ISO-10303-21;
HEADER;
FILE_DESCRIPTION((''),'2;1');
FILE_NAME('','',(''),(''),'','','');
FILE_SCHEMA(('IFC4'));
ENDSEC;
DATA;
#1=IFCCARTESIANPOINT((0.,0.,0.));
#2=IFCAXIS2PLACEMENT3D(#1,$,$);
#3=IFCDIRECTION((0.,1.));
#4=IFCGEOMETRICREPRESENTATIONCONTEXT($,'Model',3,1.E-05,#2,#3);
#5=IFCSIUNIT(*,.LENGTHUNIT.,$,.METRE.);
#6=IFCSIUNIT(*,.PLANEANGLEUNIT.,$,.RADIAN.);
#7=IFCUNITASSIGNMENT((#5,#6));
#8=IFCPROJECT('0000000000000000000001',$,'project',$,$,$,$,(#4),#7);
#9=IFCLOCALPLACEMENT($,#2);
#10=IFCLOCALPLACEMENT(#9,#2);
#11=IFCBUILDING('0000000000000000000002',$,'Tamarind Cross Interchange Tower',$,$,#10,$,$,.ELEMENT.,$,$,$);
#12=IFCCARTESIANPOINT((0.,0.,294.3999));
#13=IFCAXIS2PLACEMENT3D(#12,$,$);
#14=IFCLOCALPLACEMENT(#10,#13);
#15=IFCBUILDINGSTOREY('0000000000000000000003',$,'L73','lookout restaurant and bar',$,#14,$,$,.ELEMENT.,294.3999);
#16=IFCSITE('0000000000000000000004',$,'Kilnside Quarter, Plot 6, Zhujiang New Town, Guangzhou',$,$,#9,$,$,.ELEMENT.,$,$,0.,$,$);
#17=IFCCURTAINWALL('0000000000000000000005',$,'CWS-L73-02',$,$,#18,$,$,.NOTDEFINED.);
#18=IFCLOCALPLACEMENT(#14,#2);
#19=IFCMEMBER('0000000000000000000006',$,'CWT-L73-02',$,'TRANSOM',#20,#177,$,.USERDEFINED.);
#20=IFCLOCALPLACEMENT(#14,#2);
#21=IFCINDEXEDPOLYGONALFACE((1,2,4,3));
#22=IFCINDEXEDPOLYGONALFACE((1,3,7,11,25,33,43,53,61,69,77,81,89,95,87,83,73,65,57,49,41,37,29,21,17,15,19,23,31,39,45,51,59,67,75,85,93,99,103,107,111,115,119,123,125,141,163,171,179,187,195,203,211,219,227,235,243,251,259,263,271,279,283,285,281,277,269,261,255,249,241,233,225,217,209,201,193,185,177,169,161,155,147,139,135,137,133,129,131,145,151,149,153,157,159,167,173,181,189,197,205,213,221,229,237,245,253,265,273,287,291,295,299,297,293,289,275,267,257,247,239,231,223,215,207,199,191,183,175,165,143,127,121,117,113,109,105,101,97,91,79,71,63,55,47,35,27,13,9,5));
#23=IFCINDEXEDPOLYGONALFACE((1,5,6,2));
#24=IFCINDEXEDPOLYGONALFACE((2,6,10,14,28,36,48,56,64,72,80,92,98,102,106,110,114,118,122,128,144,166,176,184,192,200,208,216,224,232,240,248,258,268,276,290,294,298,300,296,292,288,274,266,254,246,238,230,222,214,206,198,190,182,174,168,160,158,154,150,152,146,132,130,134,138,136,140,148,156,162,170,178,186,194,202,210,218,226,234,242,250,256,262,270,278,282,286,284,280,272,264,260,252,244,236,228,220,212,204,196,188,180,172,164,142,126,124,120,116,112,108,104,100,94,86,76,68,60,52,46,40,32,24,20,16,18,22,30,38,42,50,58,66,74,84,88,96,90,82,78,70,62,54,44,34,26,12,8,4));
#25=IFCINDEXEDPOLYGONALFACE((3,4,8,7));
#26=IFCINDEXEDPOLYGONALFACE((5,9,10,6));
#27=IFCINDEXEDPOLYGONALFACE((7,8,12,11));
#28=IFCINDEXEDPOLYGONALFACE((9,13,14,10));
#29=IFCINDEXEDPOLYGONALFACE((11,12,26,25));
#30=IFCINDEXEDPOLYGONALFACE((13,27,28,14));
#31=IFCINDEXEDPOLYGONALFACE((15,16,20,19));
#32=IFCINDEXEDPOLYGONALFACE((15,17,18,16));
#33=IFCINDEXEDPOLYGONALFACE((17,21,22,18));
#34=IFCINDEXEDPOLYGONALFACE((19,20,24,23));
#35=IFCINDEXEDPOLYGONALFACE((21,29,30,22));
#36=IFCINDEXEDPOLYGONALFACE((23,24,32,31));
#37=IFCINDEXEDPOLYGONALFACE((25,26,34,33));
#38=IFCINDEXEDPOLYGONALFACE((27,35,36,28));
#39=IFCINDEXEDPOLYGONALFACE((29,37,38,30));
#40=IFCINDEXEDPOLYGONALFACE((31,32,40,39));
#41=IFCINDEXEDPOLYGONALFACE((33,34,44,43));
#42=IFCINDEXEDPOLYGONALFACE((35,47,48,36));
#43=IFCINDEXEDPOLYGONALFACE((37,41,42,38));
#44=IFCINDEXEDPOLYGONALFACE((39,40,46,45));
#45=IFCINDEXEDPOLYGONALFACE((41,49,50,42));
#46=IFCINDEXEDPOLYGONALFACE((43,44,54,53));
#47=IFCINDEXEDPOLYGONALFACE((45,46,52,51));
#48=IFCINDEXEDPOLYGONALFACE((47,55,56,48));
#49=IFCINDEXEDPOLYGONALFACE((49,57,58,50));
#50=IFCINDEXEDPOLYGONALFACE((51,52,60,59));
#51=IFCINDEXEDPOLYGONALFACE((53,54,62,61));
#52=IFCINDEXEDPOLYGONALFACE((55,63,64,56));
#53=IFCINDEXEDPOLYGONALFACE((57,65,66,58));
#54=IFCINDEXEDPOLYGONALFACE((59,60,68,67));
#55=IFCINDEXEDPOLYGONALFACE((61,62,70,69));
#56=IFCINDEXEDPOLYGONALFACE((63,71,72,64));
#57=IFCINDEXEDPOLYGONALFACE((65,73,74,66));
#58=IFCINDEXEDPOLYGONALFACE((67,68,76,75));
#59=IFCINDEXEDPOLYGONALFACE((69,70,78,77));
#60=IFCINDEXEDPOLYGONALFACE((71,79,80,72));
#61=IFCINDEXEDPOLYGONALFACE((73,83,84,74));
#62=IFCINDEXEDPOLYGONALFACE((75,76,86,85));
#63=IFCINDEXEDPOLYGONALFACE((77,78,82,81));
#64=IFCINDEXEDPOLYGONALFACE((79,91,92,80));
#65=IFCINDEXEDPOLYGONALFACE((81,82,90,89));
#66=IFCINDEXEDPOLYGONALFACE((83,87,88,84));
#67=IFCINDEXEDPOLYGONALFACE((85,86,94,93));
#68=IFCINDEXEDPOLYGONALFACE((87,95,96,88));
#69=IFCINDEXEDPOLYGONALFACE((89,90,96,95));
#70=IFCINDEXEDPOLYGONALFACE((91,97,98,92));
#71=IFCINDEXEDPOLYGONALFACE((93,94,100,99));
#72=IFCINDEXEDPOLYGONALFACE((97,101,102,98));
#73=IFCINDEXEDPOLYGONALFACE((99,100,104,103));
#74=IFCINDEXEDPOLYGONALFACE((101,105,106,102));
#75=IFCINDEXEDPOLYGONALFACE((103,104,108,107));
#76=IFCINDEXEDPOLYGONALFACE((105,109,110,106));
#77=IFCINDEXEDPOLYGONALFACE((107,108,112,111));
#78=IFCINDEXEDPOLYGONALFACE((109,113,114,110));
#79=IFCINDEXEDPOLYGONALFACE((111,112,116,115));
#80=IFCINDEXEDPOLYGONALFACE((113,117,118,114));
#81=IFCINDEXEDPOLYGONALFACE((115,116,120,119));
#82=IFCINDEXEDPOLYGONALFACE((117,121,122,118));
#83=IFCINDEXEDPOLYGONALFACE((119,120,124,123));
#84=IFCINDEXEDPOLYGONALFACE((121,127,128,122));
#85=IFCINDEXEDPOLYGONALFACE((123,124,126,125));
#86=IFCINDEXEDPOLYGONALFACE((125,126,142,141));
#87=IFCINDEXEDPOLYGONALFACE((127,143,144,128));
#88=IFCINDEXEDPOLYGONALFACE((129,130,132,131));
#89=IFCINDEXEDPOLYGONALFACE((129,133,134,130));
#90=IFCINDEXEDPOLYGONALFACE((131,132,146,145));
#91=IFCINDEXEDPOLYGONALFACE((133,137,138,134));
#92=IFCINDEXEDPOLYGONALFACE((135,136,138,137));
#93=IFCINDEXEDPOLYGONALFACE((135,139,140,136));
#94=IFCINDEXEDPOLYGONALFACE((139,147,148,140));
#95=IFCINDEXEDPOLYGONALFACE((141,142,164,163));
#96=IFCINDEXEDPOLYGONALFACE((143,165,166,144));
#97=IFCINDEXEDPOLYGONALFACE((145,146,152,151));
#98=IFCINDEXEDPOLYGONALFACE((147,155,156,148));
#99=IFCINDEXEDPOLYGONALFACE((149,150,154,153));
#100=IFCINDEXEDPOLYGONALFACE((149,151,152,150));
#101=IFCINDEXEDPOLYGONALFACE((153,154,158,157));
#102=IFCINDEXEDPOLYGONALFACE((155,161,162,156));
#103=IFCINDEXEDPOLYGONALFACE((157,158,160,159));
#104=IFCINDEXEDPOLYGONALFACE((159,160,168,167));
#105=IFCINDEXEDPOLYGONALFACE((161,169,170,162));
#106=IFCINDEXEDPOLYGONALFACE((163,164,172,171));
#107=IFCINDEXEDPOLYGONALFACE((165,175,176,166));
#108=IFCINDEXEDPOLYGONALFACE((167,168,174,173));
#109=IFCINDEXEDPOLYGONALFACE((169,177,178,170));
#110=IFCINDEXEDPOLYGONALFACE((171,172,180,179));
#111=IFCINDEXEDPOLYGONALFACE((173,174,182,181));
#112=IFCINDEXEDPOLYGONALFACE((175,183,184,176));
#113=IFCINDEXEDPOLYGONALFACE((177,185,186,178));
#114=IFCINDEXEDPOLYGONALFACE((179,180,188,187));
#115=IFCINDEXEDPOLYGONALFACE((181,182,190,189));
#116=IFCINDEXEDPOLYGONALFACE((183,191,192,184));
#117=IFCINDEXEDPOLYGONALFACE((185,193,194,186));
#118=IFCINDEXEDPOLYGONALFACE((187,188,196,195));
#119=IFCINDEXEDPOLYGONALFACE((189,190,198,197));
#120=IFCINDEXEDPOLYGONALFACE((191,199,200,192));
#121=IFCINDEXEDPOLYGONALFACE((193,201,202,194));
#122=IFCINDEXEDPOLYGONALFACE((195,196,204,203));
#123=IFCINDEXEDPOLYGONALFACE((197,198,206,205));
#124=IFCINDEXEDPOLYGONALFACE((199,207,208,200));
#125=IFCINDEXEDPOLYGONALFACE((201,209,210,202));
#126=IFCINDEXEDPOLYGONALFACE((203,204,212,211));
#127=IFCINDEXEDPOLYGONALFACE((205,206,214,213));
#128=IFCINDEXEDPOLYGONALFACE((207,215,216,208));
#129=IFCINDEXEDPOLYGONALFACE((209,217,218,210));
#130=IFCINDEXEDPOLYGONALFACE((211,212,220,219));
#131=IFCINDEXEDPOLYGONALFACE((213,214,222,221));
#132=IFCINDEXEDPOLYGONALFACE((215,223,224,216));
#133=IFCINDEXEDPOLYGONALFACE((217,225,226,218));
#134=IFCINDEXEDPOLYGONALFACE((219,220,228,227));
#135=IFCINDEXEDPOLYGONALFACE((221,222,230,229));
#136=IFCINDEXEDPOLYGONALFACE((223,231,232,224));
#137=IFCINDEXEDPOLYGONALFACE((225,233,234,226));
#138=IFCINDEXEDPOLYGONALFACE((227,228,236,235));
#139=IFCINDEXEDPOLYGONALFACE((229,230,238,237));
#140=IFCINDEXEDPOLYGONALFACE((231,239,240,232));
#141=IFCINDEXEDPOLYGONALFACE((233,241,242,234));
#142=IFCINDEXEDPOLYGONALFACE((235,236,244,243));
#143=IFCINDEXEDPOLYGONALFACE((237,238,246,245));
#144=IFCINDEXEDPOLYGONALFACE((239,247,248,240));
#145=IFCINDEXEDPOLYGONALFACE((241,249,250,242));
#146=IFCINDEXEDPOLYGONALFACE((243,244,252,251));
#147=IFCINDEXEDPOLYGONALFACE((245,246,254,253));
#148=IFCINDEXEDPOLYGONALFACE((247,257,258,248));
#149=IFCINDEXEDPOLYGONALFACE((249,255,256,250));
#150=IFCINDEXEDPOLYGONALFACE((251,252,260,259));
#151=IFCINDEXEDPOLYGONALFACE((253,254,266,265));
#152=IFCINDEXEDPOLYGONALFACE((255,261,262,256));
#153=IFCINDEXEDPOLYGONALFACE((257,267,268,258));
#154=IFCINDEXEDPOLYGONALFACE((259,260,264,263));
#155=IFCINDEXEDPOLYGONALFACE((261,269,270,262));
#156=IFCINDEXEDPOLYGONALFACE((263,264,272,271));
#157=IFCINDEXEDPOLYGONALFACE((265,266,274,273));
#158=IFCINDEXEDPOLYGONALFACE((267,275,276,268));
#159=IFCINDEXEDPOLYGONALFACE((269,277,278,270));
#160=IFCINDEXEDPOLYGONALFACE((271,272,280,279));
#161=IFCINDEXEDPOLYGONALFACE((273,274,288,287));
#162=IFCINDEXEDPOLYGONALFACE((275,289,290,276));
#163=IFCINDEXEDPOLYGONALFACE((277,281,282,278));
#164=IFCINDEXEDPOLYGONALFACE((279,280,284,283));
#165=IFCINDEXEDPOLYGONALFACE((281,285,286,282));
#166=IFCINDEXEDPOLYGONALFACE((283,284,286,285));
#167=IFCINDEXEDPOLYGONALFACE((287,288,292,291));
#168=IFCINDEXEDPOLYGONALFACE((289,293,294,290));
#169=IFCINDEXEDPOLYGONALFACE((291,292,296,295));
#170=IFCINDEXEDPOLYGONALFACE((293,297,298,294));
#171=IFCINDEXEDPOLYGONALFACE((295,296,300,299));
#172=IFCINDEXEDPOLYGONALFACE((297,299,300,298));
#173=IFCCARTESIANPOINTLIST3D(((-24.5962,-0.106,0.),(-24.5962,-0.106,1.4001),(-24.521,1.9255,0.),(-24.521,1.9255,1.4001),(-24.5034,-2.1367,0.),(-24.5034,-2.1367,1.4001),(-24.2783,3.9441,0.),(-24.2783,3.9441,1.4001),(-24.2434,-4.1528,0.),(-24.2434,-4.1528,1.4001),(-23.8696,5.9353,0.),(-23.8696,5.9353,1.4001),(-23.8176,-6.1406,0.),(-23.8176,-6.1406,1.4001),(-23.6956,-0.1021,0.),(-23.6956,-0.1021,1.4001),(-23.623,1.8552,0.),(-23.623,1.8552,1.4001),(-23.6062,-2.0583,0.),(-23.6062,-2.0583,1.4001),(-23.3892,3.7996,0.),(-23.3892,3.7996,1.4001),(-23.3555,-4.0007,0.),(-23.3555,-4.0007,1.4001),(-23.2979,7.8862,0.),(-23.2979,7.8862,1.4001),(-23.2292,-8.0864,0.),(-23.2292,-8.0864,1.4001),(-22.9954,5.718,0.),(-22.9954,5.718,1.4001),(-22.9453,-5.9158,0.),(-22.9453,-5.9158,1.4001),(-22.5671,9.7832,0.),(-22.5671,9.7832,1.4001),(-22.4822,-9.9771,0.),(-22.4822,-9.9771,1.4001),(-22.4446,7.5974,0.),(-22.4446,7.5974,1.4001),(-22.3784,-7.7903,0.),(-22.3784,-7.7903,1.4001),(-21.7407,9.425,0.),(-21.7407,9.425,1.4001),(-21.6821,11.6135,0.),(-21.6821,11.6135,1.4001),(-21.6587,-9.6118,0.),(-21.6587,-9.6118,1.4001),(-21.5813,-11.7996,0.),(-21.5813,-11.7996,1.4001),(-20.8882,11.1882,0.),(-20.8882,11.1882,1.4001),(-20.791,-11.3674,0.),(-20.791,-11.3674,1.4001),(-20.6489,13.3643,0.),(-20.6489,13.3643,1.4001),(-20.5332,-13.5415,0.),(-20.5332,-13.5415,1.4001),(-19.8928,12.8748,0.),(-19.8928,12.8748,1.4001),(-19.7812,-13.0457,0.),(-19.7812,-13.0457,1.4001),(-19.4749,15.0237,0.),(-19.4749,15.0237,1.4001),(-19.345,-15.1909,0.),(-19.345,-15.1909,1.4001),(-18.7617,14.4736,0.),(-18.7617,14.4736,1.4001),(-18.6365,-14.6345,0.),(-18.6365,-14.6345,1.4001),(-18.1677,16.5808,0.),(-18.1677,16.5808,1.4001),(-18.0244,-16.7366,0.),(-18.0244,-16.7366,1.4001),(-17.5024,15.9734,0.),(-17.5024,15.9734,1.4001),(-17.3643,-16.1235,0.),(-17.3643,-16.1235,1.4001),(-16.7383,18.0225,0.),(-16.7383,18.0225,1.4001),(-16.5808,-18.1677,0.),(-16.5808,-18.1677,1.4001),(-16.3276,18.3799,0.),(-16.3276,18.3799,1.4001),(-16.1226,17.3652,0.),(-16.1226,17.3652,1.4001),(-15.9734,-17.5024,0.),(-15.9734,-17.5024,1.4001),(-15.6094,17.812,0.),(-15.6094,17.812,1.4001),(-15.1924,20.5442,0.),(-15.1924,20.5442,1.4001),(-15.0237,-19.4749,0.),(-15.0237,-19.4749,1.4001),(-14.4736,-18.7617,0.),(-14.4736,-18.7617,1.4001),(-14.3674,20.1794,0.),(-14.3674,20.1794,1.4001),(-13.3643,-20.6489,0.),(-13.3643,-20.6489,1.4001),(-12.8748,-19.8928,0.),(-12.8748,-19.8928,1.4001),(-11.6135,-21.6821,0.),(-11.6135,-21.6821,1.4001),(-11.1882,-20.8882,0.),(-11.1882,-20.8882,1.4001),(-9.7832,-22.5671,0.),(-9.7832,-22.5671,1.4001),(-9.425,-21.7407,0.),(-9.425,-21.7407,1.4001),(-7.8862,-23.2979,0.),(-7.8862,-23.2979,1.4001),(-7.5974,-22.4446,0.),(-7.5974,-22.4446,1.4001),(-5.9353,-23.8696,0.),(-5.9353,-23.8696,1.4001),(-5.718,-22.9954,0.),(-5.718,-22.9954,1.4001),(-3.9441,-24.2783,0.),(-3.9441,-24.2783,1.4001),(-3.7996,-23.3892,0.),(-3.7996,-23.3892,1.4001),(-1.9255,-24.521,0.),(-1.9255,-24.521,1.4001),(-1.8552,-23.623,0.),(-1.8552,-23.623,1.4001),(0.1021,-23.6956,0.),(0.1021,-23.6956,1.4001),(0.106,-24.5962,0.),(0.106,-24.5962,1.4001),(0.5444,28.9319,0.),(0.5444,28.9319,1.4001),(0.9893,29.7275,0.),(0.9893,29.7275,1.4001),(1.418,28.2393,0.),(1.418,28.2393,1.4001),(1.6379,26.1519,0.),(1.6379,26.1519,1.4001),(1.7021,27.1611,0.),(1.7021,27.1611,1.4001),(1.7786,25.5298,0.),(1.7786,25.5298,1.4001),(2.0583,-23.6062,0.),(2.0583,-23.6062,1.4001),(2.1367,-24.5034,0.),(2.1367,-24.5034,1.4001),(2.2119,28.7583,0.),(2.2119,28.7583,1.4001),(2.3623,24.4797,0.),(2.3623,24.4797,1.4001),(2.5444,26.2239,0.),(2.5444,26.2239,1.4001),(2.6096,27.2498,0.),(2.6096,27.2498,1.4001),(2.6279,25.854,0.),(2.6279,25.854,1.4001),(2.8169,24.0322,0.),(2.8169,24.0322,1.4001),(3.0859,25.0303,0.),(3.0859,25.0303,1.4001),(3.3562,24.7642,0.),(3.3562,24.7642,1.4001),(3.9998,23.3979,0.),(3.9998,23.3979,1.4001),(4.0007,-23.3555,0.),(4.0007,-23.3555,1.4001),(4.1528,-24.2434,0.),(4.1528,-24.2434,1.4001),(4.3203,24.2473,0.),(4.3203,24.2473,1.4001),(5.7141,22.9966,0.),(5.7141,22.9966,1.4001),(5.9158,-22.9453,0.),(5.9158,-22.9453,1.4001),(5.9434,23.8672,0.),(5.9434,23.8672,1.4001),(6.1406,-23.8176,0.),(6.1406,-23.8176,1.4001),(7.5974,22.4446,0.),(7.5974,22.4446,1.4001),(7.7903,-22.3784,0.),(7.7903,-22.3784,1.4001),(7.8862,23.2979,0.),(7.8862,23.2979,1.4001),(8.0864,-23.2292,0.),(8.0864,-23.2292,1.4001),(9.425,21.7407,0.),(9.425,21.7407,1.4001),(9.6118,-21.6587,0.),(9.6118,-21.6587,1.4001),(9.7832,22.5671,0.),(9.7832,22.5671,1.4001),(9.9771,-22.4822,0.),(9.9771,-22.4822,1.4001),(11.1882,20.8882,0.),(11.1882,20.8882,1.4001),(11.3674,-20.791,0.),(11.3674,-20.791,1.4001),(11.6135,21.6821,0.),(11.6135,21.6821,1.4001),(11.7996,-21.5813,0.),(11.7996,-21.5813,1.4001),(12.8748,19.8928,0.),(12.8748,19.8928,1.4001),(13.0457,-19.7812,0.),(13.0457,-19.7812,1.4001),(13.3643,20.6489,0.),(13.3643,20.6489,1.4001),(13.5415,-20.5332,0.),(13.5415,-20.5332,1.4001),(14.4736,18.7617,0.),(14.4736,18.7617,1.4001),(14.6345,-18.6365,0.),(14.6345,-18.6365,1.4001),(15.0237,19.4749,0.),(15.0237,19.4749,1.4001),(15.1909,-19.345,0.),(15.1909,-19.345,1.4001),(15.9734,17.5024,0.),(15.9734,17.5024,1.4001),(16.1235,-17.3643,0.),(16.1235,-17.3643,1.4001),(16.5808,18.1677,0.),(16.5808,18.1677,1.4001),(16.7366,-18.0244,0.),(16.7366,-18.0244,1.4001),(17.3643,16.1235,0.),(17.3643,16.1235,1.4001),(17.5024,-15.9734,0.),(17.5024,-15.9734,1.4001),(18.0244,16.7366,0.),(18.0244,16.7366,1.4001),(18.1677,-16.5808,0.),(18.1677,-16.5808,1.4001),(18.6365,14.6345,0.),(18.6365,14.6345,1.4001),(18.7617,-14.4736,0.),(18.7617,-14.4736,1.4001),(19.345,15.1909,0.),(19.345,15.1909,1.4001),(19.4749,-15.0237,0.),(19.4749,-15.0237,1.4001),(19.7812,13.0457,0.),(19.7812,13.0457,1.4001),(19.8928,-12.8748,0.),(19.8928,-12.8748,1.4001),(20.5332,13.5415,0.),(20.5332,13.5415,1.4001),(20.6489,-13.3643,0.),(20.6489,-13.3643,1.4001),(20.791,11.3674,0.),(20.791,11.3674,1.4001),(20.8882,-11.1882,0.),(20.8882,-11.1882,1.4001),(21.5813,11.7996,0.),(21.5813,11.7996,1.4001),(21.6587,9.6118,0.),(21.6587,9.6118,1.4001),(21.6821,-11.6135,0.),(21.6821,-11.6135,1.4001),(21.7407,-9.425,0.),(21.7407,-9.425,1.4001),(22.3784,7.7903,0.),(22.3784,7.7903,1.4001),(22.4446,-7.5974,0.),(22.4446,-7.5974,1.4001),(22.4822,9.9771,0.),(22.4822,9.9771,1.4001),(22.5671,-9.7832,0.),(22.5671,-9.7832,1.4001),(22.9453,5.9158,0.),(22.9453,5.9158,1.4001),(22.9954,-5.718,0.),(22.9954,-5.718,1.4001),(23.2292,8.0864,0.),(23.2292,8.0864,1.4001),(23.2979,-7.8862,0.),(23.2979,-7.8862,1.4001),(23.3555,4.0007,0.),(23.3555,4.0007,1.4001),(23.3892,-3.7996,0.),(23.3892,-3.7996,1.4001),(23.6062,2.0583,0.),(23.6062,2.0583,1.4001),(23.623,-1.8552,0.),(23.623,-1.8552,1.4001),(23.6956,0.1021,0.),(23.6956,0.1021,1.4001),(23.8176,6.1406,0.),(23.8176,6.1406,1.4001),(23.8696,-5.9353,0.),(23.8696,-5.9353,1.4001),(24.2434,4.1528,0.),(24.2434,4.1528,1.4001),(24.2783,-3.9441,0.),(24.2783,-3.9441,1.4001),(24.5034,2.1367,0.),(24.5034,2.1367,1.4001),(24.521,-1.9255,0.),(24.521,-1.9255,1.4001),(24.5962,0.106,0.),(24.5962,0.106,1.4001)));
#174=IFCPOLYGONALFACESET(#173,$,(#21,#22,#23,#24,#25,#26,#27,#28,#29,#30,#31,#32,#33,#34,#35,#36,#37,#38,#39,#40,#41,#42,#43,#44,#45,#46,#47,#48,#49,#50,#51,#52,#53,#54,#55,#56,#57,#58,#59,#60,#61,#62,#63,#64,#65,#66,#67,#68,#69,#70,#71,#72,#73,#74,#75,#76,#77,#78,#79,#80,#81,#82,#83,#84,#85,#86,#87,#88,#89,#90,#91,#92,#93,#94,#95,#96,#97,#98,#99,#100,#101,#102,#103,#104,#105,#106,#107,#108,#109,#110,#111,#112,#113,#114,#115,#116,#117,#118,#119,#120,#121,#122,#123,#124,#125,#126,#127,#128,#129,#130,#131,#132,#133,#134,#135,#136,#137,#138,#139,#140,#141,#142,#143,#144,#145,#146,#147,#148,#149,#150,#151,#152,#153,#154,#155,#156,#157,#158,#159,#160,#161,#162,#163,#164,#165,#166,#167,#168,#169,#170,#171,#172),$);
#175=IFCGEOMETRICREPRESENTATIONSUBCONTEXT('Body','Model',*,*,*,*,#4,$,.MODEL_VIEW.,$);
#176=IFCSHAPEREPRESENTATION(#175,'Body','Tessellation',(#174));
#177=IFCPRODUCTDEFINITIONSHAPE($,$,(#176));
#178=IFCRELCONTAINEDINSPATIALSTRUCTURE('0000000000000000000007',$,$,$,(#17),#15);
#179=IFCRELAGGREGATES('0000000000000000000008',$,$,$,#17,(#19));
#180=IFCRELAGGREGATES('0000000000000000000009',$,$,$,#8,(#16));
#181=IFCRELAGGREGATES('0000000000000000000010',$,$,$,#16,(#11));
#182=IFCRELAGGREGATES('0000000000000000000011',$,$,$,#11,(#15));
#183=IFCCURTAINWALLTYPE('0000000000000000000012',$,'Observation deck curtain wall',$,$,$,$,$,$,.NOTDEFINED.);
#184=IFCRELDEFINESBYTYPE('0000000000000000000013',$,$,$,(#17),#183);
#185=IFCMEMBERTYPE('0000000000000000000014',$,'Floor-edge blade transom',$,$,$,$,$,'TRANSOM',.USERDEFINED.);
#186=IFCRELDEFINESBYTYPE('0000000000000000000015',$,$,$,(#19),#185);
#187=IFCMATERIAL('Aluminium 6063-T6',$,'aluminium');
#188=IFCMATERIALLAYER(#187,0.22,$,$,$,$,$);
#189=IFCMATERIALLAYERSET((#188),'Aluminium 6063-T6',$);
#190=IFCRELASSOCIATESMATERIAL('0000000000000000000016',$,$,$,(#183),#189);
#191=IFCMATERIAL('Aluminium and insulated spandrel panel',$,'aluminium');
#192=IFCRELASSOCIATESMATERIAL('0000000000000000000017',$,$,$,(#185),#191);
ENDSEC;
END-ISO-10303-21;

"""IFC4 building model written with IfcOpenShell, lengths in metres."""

from ifc_helpers import new_model, si_unit, direction, frame, origin, place, context, subcontext, project, spatial, polyline, outline, extrude, material, layer, layer_set, type_object, element, aggregate, save


model = new_model("IFC4")

# Units and contexts
model_context = context("Model", 3, precision=1e-05, world=origin(), true_north=direction((0.0, 1.0)))
body_context = subcontext(model_context, "Body", "Model", "MODEL_VIEW")
ifc_project = project(units=[si_unit("LENGTHUNIT", "METRE"), si_unit("PLANEANGLEUNIT", "RADIAN")], contexts=[model_context])

# Site, building, storey
site_placement = place(None, origin())
site = spatial("IfcSite", under=ifc_project, at=site_placement, Name="Kilnside Quarter, Plot 6, Zhujiang New Town, Guangzhou", CompositionType="ELEMENT", RefElevation=0.0)
building_placement = place(site_placement, origin())
building = spatial("IfcBuilding", under=site, at=building_placement, Name="Tamarind Cross Interchange Tower", CompositionType="ELEMENT")
storey_placement = place(building_placement, frame((0.0, 0.0, 294.3999)))
storey = spatial("IfcBuildingStorey", under=building, at=storey_placement, Name="L73", Description="lookout restaurant and bar", CompositionType="ELEMENT", Elevation=294.3999)

# Curtain wall, member
ifc_material_1 = material(Name="Aluminium 6063-T6", Category="aluminium")
ifc_layer_1 = layer(ifc_material_1, 0.22)
ifc_layer_set_1 = layer_set([ifc_layer_1], Name="Aluminium 6063-T6")
curtain_wall_type = type_object("IfcCurtainWallType", Name="Observation deck curtain wall", PredefinedType="NOTDEFINED", material=ifc_layer_set_1)
curtain_wall_placement = place(storey_placement, origin())
curtain_wall = element("IfcCurtainWall", 1, at=curtain_wall_placement, inside=storey, type_object=curtain_wall_type, Name="CWS-L73-02", PredefinedType="NOTDEFINED")
ifc_material_2 = material(Name="Aluminium and insulated spandrel panel", Category="aluminium")
member_type_1 = type_object("IfcMemberType", Name="Floor-edge blade transom", ElementType="TRANSOM", PredefinedType="USERDEFINED", material=ifc_material_2)
member_1_placement = place(storey_placement, origin())
member_1 = element("IfcMember", 2, at=member_1_placement, type_object=member_type_1, Name="CWT-L73-02", ObjectType="TRANSOM", PredefinedType="USERDEFINED", context=body_context, shape_type="SweptSolid", body=[
    extrude(outline(polyline([(-14.3674, 20.1794), (-15.6094, 17.812), (-16.1226, 17.3652), (-17.5024, 15.9734), (-18.7617, 14.4736), (-19.8928, 12.8748), (-20.8882, 11.1882), (-21.7407, 9.425), (-22.4446, 7.5974), (-22.9954, 5.718), (-23.3892, 3.7996), (-23.623, 1.8552), (-23.6956, -0.1021), (-23.6062, -2.0583), (-23.3555, -4.0007), (-22.9453, -5.9158), (-22.3784, -7.7903), (-21.6587, -9.6118), (-20.791, -11.3674), (-19.7812, -13.0457), (-18.6365, -14.6345), (-17.3643, -16.1235), (-15.9734, -17.5024), (-14.4736, -18.7617), (-12.8748, -19.8928), (-11.1882, -20.8882), (-9.425, -21.7407), (-7.5974, -22.4446), (-5.718, -22.9954), (-3.7996, -23.3892), (-1.8552, -23.623), (0.1021, -23.6956), (2.0583, -23.6062), (4.0007, -23.3555), (5.9158, -22.9453), (7.7903, -22.3784), (9.6118, -21.6587), (11.3674, -20.791), (13.0457, -19.7812), (14.6345, -18.6365), (16.1235, -17.3643), (17.5024, -15.9734), (18.7617, -14.4736), (19.8928, -12.8748), (20.8882, -11.1882), (21.7407, -9.425), (22.4446, -7.5974), (22.9954, -5.718), (23.3892, -3.7996), (23.623, -1.8552), (23.6956, 0.1021), (23.6062, 2.0583), (23.3555, 4.0007), (22.9453, 5.9158), (22.3784, 7.7903), (21.6587, 9.6118), (20.791, 11.3674), (19.7812, 13.0457), (18.6365, 14.6345), (17.3643, 16.1235), (15.9734, 17.5024), (14.4736, 18.7617), (12.8748, 19.8928), (11.1882, 20.8882), (9.425, 21.7407), (7.5974, 22.4446), (5.7141, 22.9966), (3.9998, 23.3979), (2.8169, 24.0322), (2.3623, 24.4797), (1.7786, 25.5298), (1.6379, 26.1519), (1.7021, 27.1611), (1.418, 28.2393), (0.5444, 28.9319), (0.9893, 29.7275), (2.2119, 28.7583), (2.6096, 27.2498), (2.5444, 26.2239), (2.6279, 25.854), (3.0859, 25.0303), (3.3562, 24.7642), (4.3203, 24.2473), (5.9434, 23.8672), (7.8862, 23.2979), (9.7832, 22.5671), (11.6135, 21.6821), (13.3643, 20.6489), (15.0237, 19.4749), (16.5808, 18.1677), (18.0244, 16.7366), (19.345, 15.1909), (20.5332, 13.5415), (21.5813, 11.7996), (22.4822, 9.9771), (23.2292, 8.0864), (23.8176, 6.1406), (24.2434, 4.1528), (24.5034, 2.1367), (24.5962, 0.106), (24.521, -1.9255), (24.2783, -3.9441), (23.8696, -5.9353), (23.2979, -7.8862), (22.5671, -9.7832), (21.6821, -11.6135), (20.6489, -13.3643), (19.4749, -15.0237), (18.1677, -16.5808), (16.7366, -18.0244), (15.1909, -19.345), (13.5415, -20.5332), (11.7996, -21.5813), (9.9771, -22.4822), (8.0864, -23.2292), (6.1406, -23.8176), (4.1528, -24.2434), (2.1367, -24.5034), (0.106, -24.5962), (-1.9255, -24.521), (-3.9441, -24.2783), (-5.9353, -23.8696), (-7.8862, -23.2979), (-9.7832, -22.5671), (-11.6135, -21.6821), (-13.3643, -20.6489), (-15.0237, -19.4749), (-16.5808, -18.1677), (-18.0244, -16.7366), (-19.345, -15.1909), (-20.5332, -13.5415), (-21.5813, -11.7996), (-22.4822, -9.9771), (-23.2292, -8.0864), (-23.8176, -6.1406), (-24.2434, -4.1528), (-24.5034, -2.1367), (-24.5962, -0.106), (-24.521, 1.9255), (-24.2783, 3.9441), (-23.8696, 5.9353), (-23.2979, 7.8862), (-22.5671, 9.7832), (-21.6821, 11.6135), (-20.6489, 13.3643), (-19.4749, 15.0237), (-18.1677, 16.5808), (-16.7383, 18.0225), (-16.3276, 18.3799), (-15.1924, 20.5442), (-14.3674, 20.1794)])), origin(), (0.0, 0.0, 1.0), 1.4001),
])

aggregate(curtain_wall, [member_1])

save(model, "model.ifc")
